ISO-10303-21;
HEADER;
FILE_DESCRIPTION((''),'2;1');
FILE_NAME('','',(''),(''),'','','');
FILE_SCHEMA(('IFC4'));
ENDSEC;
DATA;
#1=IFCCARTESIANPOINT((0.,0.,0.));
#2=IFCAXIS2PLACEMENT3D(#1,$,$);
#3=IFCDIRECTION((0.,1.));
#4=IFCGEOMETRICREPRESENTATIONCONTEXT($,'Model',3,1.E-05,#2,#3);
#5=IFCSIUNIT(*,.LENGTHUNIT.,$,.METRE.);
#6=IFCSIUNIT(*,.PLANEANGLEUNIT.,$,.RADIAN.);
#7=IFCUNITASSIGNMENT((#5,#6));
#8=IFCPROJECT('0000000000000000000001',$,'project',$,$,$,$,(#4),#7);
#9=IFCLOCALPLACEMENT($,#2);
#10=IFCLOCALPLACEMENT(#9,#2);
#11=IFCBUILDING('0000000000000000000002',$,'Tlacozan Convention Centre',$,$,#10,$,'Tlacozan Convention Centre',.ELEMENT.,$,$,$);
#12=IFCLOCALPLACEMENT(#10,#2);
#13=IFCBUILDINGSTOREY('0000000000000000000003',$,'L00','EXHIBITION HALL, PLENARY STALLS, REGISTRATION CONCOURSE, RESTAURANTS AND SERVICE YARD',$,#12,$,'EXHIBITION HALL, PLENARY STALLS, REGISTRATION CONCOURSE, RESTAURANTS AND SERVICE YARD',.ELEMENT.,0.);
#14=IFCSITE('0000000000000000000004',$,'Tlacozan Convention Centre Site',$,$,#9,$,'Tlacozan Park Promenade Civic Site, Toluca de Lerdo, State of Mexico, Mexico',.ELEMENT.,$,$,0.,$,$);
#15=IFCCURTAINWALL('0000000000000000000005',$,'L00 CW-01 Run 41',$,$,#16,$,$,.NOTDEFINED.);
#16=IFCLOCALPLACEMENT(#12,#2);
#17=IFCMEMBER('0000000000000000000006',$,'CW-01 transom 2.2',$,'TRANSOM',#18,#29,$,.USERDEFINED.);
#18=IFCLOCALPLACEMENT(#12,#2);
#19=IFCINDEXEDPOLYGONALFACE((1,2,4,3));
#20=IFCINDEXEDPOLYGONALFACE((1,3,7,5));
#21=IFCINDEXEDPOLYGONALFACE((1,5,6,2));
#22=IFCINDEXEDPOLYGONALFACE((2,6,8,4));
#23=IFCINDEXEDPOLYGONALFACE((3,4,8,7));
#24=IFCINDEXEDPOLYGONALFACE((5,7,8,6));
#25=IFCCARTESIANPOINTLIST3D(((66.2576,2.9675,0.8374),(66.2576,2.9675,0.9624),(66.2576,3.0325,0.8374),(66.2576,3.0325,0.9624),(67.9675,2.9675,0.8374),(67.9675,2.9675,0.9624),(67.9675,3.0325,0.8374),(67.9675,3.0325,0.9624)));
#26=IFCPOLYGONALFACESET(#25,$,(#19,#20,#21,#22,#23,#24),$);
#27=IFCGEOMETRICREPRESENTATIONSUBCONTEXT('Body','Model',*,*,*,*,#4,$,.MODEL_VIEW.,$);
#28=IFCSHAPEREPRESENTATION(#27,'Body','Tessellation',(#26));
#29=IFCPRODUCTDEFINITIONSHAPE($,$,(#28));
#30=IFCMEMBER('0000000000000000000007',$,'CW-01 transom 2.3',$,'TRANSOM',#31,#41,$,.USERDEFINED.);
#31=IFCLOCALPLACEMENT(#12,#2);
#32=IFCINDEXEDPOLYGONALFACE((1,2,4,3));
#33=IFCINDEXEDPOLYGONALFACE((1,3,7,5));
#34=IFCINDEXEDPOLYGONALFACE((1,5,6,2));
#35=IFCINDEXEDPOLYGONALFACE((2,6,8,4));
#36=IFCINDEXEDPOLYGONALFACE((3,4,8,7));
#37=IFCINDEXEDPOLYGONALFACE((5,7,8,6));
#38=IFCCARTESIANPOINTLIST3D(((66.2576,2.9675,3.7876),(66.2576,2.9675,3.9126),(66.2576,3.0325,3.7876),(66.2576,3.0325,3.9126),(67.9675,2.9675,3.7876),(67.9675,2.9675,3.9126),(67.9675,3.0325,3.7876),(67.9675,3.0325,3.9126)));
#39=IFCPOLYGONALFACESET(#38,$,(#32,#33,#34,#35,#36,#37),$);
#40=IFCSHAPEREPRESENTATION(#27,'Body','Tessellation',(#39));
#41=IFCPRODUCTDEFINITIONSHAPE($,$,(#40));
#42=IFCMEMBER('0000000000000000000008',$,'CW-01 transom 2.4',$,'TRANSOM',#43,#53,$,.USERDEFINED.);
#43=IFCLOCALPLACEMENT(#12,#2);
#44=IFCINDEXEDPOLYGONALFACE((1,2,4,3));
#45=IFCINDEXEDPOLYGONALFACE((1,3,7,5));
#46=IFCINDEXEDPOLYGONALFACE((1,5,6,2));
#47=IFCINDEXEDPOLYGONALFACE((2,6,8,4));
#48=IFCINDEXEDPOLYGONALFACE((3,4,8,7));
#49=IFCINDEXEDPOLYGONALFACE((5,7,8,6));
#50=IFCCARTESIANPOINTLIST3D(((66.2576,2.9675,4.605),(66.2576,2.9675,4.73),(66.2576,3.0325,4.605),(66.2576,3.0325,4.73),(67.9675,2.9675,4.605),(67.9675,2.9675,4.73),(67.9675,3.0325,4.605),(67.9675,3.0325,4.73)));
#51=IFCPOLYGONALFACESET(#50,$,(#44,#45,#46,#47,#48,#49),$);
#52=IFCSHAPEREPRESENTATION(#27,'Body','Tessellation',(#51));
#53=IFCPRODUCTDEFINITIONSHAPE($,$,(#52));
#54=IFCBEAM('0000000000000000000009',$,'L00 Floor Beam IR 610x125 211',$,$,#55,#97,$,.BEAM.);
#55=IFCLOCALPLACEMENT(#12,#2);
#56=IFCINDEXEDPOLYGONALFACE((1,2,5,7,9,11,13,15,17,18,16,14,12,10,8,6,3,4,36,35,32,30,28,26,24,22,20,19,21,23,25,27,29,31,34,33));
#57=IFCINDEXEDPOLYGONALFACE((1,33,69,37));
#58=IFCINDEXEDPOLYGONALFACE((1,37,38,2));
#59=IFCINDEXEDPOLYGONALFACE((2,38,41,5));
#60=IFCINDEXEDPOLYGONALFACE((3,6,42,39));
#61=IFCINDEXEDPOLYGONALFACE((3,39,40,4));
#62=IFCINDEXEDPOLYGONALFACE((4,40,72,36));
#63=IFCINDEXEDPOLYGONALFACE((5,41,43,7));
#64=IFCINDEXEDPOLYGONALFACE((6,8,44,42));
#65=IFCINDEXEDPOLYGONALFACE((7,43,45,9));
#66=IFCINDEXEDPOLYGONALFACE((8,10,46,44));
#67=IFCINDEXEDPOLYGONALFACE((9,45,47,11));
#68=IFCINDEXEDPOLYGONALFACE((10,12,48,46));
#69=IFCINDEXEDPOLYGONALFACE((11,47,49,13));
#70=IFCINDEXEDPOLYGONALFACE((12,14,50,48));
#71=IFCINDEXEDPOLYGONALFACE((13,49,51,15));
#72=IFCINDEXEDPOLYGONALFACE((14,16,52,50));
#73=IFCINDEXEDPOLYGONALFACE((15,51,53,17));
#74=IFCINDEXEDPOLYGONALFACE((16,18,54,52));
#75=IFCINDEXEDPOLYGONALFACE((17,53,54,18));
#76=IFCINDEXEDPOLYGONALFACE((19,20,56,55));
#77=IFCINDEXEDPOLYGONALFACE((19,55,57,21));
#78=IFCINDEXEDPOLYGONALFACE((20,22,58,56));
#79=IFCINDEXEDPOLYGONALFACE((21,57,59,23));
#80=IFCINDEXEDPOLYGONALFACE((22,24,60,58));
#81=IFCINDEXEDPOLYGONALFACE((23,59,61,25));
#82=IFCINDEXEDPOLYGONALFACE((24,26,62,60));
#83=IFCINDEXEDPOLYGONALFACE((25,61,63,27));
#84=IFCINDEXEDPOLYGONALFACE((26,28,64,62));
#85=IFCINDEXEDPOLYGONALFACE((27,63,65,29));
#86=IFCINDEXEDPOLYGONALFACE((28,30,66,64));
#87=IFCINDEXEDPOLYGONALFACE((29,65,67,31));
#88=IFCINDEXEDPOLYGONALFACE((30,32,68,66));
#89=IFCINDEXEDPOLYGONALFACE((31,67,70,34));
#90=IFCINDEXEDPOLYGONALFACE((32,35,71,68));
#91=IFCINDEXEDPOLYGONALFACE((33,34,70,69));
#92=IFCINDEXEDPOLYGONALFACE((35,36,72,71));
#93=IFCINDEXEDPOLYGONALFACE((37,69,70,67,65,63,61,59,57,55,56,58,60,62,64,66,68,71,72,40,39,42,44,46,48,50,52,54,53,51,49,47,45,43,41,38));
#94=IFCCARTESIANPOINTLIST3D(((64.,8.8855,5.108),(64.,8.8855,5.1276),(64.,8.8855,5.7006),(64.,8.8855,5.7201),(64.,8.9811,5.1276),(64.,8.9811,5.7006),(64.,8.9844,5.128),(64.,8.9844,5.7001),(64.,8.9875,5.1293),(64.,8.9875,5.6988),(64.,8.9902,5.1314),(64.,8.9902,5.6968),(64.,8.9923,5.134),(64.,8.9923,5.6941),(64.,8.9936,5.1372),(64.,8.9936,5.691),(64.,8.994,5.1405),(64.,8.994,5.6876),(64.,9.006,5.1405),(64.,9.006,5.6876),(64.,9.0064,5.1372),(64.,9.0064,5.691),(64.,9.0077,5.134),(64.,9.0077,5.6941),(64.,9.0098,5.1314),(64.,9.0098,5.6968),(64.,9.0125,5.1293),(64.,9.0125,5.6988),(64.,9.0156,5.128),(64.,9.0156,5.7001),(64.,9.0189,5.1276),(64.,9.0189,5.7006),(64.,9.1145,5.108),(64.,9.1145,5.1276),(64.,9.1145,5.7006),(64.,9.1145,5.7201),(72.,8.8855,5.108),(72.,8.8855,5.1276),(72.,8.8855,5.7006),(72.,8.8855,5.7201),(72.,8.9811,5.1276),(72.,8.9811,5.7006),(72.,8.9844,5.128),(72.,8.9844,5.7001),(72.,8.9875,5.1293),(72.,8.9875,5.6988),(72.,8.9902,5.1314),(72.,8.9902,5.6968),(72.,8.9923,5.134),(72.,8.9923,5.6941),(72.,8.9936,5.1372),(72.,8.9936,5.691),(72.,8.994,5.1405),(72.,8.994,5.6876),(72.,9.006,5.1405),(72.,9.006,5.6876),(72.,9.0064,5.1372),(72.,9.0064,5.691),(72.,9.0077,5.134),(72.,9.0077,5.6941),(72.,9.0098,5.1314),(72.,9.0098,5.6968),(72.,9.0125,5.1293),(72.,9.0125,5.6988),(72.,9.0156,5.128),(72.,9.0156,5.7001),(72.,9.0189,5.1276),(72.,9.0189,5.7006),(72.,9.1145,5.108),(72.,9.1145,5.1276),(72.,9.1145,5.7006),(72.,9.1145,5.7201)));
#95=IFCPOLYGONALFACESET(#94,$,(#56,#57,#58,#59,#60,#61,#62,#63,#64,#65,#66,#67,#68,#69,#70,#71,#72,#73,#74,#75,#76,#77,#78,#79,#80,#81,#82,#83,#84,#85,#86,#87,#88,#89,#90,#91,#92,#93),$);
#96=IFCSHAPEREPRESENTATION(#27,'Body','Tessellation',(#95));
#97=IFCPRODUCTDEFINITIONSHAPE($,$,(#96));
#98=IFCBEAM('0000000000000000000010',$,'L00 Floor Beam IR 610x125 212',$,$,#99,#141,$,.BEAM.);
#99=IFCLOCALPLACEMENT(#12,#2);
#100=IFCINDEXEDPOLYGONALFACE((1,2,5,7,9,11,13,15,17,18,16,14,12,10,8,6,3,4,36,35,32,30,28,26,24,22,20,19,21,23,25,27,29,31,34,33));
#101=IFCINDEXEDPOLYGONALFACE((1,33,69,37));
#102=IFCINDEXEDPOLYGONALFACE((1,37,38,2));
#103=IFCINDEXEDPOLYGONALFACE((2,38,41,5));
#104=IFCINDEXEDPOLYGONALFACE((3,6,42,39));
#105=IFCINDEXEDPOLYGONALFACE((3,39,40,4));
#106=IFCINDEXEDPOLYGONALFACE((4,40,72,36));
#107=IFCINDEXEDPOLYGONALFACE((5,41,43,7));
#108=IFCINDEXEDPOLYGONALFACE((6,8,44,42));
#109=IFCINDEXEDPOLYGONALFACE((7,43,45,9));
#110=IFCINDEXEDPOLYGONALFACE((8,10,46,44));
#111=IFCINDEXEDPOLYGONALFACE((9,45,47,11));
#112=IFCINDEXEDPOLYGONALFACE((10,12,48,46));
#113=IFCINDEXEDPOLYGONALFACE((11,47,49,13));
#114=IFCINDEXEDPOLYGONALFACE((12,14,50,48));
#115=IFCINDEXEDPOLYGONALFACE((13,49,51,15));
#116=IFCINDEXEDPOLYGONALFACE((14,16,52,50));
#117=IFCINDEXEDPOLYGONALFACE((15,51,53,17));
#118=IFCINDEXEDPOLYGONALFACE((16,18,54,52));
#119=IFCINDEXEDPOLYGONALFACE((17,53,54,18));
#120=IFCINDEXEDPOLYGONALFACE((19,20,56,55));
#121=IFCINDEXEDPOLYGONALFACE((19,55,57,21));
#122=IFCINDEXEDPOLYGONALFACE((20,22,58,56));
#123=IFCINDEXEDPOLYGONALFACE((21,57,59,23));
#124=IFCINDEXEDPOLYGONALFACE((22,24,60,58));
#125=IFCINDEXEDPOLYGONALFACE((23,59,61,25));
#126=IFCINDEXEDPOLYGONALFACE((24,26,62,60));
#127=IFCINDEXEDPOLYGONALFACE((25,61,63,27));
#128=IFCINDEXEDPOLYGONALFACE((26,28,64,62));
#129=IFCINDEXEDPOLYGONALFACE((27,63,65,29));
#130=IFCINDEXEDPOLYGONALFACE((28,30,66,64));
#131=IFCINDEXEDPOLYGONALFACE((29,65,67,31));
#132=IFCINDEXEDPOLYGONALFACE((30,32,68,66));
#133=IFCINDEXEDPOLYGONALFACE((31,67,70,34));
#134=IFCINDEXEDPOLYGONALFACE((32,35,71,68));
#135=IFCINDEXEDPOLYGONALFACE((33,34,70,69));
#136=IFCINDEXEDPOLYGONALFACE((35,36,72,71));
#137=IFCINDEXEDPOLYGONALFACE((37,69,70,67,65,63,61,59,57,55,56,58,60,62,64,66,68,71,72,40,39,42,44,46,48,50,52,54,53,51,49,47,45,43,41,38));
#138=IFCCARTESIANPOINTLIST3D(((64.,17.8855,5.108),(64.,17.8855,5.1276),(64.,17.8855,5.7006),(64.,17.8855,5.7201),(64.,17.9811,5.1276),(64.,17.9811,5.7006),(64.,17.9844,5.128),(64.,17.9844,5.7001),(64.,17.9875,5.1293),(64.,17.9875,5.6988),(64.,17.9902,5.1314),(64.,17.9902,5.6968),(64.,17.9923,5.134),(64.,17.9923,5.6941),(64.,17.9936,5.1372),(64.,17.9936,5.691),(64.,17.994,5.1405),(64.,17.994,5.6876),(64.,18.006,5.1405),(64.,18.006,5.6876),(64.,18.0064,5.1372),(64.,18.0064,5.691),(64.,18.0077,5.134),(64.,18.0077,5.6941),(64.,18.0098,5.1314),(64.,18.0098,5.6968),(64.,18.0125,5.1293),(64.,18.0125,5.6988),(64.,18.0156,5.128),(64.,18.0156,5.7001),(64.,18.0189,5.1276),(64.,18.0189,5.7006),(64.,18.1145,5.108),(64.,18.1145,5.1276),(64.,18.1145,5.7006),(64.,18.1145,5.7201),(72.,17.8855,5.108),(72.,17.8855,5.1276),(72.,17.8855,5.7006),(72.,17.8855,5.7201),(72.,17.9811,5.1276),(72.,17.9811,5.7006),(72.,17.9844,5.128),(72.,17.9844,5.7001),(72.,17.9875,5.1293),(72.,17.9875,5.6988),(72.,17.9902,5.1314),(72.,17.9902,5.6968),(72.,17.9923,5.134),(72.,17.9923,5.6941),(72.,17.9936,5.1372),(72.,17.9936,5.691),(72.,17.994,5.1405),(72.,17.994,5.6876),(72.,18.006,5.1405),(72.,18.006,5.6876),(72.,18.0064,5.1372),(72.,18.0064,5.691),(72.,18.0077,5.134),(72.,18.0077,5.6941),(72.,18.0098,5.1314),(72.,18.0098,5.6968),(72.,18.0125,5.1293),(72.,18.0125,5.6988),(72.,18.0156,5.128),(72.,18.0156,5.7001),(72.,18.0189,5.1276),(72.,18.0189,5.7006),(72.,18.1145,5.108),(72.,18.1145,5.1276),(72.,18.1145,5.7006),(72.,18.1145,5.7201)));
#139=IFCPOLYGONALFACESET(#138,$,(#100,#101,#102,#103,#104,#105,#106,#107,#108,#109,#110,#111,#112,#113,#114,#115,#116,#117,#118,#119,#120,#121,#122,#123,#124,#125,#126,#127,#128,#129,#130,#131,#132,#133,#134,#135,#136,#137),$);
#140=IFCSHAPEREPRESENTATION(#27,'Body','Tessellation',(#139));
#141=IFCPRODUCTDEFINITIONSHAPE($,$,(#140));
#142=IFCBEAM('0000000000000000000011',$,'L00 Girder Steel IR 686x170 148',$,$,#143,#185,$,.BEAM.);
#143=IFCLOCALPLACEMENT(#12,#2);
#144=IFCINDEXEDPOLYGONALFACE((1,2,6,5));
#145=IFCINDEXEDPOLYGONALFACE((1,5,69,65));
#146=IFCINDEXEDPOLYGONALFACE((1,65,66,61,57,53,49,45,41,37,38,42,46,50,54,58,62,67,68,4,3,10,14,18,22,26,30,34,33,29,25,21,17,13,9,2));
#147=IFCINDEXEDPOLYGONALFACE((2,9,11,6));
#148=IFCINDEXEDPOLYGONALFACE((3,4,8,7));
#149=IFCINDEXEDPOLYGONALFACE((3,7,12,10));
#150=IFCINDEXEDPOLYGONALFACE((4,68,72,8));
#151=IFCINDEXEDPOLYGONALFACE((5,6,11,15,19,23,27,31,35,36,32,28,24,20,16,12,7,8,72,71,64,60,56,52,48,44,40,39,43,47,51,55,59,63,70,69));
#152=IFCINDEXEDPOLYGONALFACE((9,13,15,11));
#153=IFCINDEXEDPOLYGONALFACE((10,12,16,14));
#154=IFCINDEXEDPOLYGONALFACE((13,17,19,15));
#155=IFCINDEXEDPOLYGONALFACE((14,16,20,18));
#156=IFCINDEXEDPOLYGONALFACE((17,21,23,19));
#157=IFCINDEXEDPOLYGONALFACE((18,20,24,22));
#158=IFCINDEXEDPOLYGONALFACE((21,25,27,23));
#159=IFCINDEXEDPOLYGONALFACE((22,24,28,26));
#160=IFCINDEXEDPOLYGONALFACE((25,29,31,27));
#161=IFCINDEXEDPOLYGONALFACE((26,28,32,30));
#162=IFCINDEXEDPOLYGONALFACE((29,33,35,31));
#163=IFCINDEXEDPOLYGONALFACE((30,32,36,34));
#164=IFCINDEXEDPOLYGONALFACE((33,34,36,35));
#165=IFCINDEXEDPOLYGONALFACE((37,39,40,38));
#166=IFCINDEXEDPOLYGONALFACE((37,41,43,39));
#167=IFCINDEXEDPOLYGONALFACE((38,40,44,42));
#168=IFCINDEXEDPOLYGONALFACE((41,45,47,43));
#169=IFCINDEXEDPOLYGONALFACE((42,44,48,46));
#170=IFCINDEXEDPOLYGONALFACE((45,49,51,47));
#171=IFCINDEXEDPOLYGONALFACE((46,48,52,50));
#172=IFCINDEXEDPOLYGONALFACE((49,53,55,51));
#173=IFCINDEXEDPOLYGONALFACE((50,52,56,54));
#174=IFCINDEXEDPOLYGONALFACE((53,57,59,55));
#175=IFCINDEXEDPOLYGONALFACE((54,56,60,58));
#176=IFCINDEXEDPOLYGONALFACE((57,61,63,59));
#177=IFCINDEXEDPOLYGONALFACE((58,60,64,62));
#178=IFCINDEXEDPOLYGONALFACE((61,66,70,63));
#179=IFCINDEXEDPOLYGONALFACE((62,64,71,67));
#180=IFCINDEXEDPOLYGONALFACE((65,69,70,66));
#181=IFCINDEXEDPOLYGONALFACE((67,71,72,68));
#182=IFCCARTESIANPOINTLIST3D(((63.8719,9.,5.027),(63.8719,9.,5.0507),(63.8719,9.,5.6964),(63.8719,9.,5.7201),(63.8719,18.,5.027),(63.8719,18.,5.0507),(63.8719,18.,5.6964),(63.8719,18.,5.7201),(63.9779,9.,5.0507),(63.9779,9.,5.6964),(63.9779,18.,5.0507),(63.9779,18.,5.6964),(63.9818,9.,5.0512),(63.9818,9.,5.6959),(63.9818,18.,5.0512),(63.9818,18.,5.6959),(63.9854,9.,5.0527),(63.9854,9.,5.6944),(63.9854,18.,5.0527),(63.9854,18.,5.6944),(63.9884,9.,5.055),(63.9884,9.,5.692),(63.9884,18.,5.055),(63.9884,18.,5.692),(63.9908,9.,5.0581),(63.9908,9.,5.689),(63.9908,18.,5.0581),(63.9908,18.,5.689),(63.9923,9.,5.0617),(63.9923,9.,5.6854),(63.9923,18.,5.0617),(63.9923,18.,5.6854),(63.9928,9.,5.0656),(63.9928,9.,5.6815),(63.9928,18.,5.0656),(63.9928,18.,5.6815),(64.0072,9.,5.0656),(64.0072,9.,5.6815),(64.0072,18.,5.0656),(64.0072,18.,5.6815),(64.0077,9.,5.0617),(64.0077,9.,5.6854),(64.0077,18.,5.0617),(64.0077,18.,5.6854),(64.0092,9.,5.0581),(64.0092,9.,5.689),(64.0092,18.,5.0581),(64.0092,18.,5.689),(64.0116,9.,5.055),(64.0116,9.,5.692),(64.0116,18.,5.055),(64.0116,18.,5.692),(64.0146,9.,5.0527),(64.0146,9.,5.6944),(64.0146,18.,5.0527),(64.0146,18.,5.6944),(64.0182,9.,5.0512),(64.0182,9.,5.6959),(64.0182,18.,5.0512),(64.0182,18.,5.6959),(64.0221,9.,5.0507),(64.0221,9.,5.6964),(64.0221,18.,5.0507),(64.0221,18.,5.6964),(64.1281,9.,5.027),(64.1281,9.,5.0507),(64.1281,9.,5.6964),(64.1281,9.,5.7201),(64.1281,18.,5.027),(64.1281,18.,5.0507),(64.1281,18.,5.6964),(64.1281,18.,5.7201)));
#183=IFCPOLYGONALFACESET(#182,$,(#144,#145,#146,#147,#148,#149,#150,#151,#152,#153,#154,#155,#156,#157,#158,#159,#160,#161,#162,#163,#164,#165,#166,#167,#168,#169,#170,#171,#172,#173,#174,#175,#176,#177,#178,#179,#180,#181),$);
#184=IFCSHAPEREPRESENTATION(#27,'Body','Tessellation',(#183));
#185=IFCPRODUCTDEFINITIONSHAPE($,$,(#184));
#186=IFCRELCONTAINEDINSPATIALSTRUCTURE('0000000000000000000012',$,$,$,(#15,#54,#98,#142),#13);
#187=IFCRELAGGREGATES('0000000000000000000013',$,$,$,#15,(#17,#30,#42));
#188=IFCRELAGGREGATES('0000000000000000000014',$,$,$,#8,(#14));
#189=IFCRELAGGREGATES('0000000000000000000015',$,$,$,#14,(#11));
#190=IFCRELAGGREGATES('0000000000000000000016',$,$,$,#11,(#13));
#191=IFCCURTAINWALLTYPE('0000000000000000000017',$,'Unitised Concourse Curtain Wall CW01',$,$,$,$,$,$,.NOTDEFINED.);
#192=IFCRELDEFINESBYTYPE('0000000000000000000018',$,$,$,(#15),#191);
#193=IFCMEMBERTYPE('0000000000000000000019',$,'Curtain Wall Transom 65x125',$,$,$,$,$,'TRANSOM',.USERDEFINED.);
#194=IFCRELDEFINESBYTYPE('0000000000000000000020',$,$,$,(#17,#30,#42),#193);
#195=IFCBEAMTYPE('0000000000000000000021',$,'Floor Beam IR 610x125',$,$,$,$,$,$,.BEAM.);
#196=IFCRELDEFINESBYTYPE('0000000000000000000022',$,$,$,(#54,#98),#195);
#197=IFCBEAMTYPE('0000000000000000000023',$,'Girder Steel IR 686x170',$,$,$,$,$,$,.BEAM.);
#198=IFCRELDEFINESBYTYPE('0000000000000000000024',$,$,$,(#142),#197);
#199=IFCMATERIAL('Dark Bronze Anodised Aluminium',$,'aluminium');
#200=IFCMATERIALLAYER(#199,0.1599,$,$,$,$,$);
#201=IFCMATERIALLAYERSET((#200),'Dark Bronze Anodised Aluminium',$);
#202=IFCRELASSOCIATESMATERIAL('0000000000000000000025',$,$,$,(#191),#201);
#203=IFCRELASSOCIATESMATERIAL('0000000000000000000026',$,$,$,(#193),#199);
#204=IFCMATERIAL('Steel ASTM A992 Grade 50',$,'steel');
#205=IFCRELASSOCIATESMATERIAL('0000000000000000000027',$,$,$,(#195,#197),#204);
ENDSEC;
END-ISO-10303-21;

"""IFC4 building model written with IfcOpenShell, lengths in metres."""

from ifc_helpers import new_model, si_unit, direction, frame, origin, origin_2d, place, context, subcontext, project, spatial, rectangle, i_section, extrude, material, layer, layer_set, material_profile, profile_set, type_object, element, aggregate, save


model = new_model("IFC4")

# Units and contexts
model_context = context("Model", 3, precision=1e-05, world=origin(), true_north=direction((0.0, 1.0)))
body_context = subcontext(model_context, "Body", "Model", "MODEL_VIEW")
ifc_project = project(units=[si_unit("LENGTHUNIT", "METRE"), si_unit("PLANEANGLEUNIT", "RADIAN")], contexts=[model_context])

# Site, building, storey
site_placement = place(None, origin())
site = spatial("IfcSite", under=ifc_project, at=site_placement, Name="Tlacozan Convention Centre Site", LongName="Tlacozan Park Promenade Civic Site, Toluca de Lerdo, State of Mexico, Mexico", CompositionType="ELEMENT", RefElevation=0.0)
building_placement = place(site_placement, origin())
building = spatial("IfcBuilding", under=site, at=building_placement, Name="Tlacozan Convention Centre", LongName="Tlacozan Convention Centre", CompositionType="ELEMENT")
storey_placement = place(building_placement, origin())
storey = spatial("IfcBuildingStorey", under=building, at=storey_placement, Name="L00", Description="EXHIBITION HALL, PLENARY STALLS, REGISTRATION CONCOURSE, RESTAURANTS AND SERVICE YARD", LongName="EXHIBITION HALL, PLENARY STALLS, REGISTRATION CONCOURSE, RESTAURANTS AND SERVICE YARD", CompositionType="ELEMENT", Elevation=0.0)

# Shared definitions
ifc_material_1 = material(Name="Dark Bronze Anodised Aluminium", Category="aluminium")
ifc_layer_1 = layer(ifc_material_1, 0.1599)
ifc_layer_set_1 = layer_set([ifc_layer_1], Name="Dark Bronze Anodised Aluminium")
curtain_wall_type = type_object("IfcCurtainWallType", Name="Unitised Concourse Curtain Wall CW01", PredefinedType="NOTDEFINED", material=ifc_layer_set_1)

# Curtain wall, members
curtain_wall_1_placement = place(storey_placement, origin())
curtain_wall_1 = element("IfcCurtainWall", 1, at=curtain_wall_1_placement, inside=storey, type_object=curtain_wall_type, Name="L00 CW-01 Run 41", PredefinedType="NOTDEFINED")
ifc_material_profile_1 = material_profile(ifc_material_1, rectangle(XDim=0.0649, YDim=0.125, at=origin_2d()), Name="ALU 65x125")
ifc_profile_set_1 = profile_set([ifc_material_profile_1], Name="Dark Bronze Anodised Aluminium")
member_type_1 = type_object("IfcMemberType", Name="Curtain Wall Transom 65x125", ElementType="TRANSOM", PredefinedType="USERDEFINED", material=ifc_profile_set_1)
member_1_placement = place(storey_placement, frame((66.2576, 3.0, 0.8999), z_axis=(1.0, 0.0, 0.0), x_axis=(0.0, 1.0, 0.0)))
member_1 = element("IfcMember", 2, at=member_1_placement, type_object=member_type_1, Name="CW-01 transom 2.2", ObjectType="TRANSOM", PredefinedType="USERDEFINED", context=body_context, shape_type="SweptSolid", body=[
    extrude(rectangle(XDim=0.0649, YDim=0.125, at=origin_2d()), origin(), (0.0, 0.0, 1.0), 1.71),
])
member_2_placement = place(storey_placement, frame((66.2576, 3.0, 3.8501), z_axis=(1.0, 0.0, 0.0), x_axis=(0.0, 1.0, 0.0)))
member_2 = element("IfcMember", 3, at=member_2_placement, type_object=member_type_1, Name="CW-01 transom 2.3", ObjectType="TRANSOM", PredefinedType="USERDEFINED", context=body_context, shape_type="SweptSolid", body=[
    extrude(rectangle(XDim=0.0649, YDim=0.125, at=origin_2d()), origin(), (0.0, 0.0, 1.0), 1.71),
])
member_3_placement = place(storey_placement, frame((66.2576, 3.0, 4.6675), z_axis=(1.0, 0.0, 0.0), x_axis=(0.0, 1.0, 0.0)))
member_3 = element("IfcMember", 4, at=member_3_placement, type_object=member_type_1, Name="CW-01 transom 2.4", ObjectType="TRANSOM", PredefinedType="USERDEFINED", context=body_context, shape_type="SweptSolid", body=[
    extrude(rectangle(XDim=0.0649, YDim=0.125, at=origin_2d()), origin(), (0.0, 0.0, 1.0), 1.71),
])

# Beams
ifc_material_2 = material(Name="Steel ASTM A992 Grade 50", Category="steel")
ifc_material_profile_2 = material_profile(ifc_material_2, i_section(OverallWidth=0.229, OverallDepth=0.6121, WebThickness=0.012, FlangeThickness=0.0195, FilletRadius=0.0129, at=origin_2d()), Name="IR 610x125.0")
ifc_profile_set_2 = profile_set([ifc_material_profile_2], Name="Steel ASTM A992 Grade 50")
beam_type_1 = type_object("IfcBeamType", Name="Floor Beam IR 610x125", PredefinedType="BEAM", material=ifc_profile_set_2)
for number, where, z_axis, x_axis, name in (
    (5, (64.0, 9.0, 5.4141), (1.0, 0.0, 0.0), (0.0, 1.0, 0.0), "L00 Floor Beam IR 610x125 211"),
    (6, (64.0, 18.0, 5.4141), (1.0, 0.0, 0.0), (0.0, 1.0, 0.0), "L00 Floor Beam IR 610x125 212"),
):
    element("IfcBeam", number, at=place(storey_placement, frame(where, z_axis=z_axis, x_axis=x_axis)), inside=storey, type_object=beam_type_1, Name=name, PredefinedType="BEAM", context=body_context, shape_type="SweptSolid", body=[
        extrude(i_section(OverallWidth=0.229, OverallDepth=0.6121, WebThickness=0.012, FlangeThickness=0.0195, FilletRadius=0.0129, at=origin_2d()), origin(), (0.0, 0.0, 1.0), 8.0),
    ])
ifc_material_profile_3 = material_profile(ifc_material_2, i_section(OverallWidth=0.2561, OverallDepth=0.6931, WebThickness=0.0144, FlangeThickness=0.0237, FilletRadius=0.0149, at=origin_2d()), Name="IR 686x170.0")
ifc_profile_set_3 = profile_set([ifc_material_profile_3], Name="Steel ASTM A992 Grade 50")
beam_type_2 = type_object("IfcBeamType", Name="Girder Steel IR 686x170", PredefinedType="BEAM", material=ifc_profile_set_3)
for number, where, z_axis, x_axis, name in (
    (7, (64.0, 9.0, 5.3735), (0.0, 1.0, 0.0), (-1.0, 0.0, 0.0), "L00 Girder Steel IR 686x170 148"),
):
    element("IfcBeam", number, at=place(storey_placement, frame(where, z_axis=z_axis, x_axis=x_axis)), inside=storey, type_object=beam_type_2, Name=name, PredefinedType="BEAM", context=body_context, shape_type="SweptSolid", body=[
        extrude(i_section(OverallWidth=0.2561, OverallDepth=0.6931, WebThickness=0.0144, FlangeThickness=0.0237, FilletRadius=0.0149, at=origin_2d()), origin(), (0.0, 0.0, 1.0), 9.0),
    ])

aggregate(curtain_wall_1, [member_1, member_2, member_3])

save(model, "model.ifc")
